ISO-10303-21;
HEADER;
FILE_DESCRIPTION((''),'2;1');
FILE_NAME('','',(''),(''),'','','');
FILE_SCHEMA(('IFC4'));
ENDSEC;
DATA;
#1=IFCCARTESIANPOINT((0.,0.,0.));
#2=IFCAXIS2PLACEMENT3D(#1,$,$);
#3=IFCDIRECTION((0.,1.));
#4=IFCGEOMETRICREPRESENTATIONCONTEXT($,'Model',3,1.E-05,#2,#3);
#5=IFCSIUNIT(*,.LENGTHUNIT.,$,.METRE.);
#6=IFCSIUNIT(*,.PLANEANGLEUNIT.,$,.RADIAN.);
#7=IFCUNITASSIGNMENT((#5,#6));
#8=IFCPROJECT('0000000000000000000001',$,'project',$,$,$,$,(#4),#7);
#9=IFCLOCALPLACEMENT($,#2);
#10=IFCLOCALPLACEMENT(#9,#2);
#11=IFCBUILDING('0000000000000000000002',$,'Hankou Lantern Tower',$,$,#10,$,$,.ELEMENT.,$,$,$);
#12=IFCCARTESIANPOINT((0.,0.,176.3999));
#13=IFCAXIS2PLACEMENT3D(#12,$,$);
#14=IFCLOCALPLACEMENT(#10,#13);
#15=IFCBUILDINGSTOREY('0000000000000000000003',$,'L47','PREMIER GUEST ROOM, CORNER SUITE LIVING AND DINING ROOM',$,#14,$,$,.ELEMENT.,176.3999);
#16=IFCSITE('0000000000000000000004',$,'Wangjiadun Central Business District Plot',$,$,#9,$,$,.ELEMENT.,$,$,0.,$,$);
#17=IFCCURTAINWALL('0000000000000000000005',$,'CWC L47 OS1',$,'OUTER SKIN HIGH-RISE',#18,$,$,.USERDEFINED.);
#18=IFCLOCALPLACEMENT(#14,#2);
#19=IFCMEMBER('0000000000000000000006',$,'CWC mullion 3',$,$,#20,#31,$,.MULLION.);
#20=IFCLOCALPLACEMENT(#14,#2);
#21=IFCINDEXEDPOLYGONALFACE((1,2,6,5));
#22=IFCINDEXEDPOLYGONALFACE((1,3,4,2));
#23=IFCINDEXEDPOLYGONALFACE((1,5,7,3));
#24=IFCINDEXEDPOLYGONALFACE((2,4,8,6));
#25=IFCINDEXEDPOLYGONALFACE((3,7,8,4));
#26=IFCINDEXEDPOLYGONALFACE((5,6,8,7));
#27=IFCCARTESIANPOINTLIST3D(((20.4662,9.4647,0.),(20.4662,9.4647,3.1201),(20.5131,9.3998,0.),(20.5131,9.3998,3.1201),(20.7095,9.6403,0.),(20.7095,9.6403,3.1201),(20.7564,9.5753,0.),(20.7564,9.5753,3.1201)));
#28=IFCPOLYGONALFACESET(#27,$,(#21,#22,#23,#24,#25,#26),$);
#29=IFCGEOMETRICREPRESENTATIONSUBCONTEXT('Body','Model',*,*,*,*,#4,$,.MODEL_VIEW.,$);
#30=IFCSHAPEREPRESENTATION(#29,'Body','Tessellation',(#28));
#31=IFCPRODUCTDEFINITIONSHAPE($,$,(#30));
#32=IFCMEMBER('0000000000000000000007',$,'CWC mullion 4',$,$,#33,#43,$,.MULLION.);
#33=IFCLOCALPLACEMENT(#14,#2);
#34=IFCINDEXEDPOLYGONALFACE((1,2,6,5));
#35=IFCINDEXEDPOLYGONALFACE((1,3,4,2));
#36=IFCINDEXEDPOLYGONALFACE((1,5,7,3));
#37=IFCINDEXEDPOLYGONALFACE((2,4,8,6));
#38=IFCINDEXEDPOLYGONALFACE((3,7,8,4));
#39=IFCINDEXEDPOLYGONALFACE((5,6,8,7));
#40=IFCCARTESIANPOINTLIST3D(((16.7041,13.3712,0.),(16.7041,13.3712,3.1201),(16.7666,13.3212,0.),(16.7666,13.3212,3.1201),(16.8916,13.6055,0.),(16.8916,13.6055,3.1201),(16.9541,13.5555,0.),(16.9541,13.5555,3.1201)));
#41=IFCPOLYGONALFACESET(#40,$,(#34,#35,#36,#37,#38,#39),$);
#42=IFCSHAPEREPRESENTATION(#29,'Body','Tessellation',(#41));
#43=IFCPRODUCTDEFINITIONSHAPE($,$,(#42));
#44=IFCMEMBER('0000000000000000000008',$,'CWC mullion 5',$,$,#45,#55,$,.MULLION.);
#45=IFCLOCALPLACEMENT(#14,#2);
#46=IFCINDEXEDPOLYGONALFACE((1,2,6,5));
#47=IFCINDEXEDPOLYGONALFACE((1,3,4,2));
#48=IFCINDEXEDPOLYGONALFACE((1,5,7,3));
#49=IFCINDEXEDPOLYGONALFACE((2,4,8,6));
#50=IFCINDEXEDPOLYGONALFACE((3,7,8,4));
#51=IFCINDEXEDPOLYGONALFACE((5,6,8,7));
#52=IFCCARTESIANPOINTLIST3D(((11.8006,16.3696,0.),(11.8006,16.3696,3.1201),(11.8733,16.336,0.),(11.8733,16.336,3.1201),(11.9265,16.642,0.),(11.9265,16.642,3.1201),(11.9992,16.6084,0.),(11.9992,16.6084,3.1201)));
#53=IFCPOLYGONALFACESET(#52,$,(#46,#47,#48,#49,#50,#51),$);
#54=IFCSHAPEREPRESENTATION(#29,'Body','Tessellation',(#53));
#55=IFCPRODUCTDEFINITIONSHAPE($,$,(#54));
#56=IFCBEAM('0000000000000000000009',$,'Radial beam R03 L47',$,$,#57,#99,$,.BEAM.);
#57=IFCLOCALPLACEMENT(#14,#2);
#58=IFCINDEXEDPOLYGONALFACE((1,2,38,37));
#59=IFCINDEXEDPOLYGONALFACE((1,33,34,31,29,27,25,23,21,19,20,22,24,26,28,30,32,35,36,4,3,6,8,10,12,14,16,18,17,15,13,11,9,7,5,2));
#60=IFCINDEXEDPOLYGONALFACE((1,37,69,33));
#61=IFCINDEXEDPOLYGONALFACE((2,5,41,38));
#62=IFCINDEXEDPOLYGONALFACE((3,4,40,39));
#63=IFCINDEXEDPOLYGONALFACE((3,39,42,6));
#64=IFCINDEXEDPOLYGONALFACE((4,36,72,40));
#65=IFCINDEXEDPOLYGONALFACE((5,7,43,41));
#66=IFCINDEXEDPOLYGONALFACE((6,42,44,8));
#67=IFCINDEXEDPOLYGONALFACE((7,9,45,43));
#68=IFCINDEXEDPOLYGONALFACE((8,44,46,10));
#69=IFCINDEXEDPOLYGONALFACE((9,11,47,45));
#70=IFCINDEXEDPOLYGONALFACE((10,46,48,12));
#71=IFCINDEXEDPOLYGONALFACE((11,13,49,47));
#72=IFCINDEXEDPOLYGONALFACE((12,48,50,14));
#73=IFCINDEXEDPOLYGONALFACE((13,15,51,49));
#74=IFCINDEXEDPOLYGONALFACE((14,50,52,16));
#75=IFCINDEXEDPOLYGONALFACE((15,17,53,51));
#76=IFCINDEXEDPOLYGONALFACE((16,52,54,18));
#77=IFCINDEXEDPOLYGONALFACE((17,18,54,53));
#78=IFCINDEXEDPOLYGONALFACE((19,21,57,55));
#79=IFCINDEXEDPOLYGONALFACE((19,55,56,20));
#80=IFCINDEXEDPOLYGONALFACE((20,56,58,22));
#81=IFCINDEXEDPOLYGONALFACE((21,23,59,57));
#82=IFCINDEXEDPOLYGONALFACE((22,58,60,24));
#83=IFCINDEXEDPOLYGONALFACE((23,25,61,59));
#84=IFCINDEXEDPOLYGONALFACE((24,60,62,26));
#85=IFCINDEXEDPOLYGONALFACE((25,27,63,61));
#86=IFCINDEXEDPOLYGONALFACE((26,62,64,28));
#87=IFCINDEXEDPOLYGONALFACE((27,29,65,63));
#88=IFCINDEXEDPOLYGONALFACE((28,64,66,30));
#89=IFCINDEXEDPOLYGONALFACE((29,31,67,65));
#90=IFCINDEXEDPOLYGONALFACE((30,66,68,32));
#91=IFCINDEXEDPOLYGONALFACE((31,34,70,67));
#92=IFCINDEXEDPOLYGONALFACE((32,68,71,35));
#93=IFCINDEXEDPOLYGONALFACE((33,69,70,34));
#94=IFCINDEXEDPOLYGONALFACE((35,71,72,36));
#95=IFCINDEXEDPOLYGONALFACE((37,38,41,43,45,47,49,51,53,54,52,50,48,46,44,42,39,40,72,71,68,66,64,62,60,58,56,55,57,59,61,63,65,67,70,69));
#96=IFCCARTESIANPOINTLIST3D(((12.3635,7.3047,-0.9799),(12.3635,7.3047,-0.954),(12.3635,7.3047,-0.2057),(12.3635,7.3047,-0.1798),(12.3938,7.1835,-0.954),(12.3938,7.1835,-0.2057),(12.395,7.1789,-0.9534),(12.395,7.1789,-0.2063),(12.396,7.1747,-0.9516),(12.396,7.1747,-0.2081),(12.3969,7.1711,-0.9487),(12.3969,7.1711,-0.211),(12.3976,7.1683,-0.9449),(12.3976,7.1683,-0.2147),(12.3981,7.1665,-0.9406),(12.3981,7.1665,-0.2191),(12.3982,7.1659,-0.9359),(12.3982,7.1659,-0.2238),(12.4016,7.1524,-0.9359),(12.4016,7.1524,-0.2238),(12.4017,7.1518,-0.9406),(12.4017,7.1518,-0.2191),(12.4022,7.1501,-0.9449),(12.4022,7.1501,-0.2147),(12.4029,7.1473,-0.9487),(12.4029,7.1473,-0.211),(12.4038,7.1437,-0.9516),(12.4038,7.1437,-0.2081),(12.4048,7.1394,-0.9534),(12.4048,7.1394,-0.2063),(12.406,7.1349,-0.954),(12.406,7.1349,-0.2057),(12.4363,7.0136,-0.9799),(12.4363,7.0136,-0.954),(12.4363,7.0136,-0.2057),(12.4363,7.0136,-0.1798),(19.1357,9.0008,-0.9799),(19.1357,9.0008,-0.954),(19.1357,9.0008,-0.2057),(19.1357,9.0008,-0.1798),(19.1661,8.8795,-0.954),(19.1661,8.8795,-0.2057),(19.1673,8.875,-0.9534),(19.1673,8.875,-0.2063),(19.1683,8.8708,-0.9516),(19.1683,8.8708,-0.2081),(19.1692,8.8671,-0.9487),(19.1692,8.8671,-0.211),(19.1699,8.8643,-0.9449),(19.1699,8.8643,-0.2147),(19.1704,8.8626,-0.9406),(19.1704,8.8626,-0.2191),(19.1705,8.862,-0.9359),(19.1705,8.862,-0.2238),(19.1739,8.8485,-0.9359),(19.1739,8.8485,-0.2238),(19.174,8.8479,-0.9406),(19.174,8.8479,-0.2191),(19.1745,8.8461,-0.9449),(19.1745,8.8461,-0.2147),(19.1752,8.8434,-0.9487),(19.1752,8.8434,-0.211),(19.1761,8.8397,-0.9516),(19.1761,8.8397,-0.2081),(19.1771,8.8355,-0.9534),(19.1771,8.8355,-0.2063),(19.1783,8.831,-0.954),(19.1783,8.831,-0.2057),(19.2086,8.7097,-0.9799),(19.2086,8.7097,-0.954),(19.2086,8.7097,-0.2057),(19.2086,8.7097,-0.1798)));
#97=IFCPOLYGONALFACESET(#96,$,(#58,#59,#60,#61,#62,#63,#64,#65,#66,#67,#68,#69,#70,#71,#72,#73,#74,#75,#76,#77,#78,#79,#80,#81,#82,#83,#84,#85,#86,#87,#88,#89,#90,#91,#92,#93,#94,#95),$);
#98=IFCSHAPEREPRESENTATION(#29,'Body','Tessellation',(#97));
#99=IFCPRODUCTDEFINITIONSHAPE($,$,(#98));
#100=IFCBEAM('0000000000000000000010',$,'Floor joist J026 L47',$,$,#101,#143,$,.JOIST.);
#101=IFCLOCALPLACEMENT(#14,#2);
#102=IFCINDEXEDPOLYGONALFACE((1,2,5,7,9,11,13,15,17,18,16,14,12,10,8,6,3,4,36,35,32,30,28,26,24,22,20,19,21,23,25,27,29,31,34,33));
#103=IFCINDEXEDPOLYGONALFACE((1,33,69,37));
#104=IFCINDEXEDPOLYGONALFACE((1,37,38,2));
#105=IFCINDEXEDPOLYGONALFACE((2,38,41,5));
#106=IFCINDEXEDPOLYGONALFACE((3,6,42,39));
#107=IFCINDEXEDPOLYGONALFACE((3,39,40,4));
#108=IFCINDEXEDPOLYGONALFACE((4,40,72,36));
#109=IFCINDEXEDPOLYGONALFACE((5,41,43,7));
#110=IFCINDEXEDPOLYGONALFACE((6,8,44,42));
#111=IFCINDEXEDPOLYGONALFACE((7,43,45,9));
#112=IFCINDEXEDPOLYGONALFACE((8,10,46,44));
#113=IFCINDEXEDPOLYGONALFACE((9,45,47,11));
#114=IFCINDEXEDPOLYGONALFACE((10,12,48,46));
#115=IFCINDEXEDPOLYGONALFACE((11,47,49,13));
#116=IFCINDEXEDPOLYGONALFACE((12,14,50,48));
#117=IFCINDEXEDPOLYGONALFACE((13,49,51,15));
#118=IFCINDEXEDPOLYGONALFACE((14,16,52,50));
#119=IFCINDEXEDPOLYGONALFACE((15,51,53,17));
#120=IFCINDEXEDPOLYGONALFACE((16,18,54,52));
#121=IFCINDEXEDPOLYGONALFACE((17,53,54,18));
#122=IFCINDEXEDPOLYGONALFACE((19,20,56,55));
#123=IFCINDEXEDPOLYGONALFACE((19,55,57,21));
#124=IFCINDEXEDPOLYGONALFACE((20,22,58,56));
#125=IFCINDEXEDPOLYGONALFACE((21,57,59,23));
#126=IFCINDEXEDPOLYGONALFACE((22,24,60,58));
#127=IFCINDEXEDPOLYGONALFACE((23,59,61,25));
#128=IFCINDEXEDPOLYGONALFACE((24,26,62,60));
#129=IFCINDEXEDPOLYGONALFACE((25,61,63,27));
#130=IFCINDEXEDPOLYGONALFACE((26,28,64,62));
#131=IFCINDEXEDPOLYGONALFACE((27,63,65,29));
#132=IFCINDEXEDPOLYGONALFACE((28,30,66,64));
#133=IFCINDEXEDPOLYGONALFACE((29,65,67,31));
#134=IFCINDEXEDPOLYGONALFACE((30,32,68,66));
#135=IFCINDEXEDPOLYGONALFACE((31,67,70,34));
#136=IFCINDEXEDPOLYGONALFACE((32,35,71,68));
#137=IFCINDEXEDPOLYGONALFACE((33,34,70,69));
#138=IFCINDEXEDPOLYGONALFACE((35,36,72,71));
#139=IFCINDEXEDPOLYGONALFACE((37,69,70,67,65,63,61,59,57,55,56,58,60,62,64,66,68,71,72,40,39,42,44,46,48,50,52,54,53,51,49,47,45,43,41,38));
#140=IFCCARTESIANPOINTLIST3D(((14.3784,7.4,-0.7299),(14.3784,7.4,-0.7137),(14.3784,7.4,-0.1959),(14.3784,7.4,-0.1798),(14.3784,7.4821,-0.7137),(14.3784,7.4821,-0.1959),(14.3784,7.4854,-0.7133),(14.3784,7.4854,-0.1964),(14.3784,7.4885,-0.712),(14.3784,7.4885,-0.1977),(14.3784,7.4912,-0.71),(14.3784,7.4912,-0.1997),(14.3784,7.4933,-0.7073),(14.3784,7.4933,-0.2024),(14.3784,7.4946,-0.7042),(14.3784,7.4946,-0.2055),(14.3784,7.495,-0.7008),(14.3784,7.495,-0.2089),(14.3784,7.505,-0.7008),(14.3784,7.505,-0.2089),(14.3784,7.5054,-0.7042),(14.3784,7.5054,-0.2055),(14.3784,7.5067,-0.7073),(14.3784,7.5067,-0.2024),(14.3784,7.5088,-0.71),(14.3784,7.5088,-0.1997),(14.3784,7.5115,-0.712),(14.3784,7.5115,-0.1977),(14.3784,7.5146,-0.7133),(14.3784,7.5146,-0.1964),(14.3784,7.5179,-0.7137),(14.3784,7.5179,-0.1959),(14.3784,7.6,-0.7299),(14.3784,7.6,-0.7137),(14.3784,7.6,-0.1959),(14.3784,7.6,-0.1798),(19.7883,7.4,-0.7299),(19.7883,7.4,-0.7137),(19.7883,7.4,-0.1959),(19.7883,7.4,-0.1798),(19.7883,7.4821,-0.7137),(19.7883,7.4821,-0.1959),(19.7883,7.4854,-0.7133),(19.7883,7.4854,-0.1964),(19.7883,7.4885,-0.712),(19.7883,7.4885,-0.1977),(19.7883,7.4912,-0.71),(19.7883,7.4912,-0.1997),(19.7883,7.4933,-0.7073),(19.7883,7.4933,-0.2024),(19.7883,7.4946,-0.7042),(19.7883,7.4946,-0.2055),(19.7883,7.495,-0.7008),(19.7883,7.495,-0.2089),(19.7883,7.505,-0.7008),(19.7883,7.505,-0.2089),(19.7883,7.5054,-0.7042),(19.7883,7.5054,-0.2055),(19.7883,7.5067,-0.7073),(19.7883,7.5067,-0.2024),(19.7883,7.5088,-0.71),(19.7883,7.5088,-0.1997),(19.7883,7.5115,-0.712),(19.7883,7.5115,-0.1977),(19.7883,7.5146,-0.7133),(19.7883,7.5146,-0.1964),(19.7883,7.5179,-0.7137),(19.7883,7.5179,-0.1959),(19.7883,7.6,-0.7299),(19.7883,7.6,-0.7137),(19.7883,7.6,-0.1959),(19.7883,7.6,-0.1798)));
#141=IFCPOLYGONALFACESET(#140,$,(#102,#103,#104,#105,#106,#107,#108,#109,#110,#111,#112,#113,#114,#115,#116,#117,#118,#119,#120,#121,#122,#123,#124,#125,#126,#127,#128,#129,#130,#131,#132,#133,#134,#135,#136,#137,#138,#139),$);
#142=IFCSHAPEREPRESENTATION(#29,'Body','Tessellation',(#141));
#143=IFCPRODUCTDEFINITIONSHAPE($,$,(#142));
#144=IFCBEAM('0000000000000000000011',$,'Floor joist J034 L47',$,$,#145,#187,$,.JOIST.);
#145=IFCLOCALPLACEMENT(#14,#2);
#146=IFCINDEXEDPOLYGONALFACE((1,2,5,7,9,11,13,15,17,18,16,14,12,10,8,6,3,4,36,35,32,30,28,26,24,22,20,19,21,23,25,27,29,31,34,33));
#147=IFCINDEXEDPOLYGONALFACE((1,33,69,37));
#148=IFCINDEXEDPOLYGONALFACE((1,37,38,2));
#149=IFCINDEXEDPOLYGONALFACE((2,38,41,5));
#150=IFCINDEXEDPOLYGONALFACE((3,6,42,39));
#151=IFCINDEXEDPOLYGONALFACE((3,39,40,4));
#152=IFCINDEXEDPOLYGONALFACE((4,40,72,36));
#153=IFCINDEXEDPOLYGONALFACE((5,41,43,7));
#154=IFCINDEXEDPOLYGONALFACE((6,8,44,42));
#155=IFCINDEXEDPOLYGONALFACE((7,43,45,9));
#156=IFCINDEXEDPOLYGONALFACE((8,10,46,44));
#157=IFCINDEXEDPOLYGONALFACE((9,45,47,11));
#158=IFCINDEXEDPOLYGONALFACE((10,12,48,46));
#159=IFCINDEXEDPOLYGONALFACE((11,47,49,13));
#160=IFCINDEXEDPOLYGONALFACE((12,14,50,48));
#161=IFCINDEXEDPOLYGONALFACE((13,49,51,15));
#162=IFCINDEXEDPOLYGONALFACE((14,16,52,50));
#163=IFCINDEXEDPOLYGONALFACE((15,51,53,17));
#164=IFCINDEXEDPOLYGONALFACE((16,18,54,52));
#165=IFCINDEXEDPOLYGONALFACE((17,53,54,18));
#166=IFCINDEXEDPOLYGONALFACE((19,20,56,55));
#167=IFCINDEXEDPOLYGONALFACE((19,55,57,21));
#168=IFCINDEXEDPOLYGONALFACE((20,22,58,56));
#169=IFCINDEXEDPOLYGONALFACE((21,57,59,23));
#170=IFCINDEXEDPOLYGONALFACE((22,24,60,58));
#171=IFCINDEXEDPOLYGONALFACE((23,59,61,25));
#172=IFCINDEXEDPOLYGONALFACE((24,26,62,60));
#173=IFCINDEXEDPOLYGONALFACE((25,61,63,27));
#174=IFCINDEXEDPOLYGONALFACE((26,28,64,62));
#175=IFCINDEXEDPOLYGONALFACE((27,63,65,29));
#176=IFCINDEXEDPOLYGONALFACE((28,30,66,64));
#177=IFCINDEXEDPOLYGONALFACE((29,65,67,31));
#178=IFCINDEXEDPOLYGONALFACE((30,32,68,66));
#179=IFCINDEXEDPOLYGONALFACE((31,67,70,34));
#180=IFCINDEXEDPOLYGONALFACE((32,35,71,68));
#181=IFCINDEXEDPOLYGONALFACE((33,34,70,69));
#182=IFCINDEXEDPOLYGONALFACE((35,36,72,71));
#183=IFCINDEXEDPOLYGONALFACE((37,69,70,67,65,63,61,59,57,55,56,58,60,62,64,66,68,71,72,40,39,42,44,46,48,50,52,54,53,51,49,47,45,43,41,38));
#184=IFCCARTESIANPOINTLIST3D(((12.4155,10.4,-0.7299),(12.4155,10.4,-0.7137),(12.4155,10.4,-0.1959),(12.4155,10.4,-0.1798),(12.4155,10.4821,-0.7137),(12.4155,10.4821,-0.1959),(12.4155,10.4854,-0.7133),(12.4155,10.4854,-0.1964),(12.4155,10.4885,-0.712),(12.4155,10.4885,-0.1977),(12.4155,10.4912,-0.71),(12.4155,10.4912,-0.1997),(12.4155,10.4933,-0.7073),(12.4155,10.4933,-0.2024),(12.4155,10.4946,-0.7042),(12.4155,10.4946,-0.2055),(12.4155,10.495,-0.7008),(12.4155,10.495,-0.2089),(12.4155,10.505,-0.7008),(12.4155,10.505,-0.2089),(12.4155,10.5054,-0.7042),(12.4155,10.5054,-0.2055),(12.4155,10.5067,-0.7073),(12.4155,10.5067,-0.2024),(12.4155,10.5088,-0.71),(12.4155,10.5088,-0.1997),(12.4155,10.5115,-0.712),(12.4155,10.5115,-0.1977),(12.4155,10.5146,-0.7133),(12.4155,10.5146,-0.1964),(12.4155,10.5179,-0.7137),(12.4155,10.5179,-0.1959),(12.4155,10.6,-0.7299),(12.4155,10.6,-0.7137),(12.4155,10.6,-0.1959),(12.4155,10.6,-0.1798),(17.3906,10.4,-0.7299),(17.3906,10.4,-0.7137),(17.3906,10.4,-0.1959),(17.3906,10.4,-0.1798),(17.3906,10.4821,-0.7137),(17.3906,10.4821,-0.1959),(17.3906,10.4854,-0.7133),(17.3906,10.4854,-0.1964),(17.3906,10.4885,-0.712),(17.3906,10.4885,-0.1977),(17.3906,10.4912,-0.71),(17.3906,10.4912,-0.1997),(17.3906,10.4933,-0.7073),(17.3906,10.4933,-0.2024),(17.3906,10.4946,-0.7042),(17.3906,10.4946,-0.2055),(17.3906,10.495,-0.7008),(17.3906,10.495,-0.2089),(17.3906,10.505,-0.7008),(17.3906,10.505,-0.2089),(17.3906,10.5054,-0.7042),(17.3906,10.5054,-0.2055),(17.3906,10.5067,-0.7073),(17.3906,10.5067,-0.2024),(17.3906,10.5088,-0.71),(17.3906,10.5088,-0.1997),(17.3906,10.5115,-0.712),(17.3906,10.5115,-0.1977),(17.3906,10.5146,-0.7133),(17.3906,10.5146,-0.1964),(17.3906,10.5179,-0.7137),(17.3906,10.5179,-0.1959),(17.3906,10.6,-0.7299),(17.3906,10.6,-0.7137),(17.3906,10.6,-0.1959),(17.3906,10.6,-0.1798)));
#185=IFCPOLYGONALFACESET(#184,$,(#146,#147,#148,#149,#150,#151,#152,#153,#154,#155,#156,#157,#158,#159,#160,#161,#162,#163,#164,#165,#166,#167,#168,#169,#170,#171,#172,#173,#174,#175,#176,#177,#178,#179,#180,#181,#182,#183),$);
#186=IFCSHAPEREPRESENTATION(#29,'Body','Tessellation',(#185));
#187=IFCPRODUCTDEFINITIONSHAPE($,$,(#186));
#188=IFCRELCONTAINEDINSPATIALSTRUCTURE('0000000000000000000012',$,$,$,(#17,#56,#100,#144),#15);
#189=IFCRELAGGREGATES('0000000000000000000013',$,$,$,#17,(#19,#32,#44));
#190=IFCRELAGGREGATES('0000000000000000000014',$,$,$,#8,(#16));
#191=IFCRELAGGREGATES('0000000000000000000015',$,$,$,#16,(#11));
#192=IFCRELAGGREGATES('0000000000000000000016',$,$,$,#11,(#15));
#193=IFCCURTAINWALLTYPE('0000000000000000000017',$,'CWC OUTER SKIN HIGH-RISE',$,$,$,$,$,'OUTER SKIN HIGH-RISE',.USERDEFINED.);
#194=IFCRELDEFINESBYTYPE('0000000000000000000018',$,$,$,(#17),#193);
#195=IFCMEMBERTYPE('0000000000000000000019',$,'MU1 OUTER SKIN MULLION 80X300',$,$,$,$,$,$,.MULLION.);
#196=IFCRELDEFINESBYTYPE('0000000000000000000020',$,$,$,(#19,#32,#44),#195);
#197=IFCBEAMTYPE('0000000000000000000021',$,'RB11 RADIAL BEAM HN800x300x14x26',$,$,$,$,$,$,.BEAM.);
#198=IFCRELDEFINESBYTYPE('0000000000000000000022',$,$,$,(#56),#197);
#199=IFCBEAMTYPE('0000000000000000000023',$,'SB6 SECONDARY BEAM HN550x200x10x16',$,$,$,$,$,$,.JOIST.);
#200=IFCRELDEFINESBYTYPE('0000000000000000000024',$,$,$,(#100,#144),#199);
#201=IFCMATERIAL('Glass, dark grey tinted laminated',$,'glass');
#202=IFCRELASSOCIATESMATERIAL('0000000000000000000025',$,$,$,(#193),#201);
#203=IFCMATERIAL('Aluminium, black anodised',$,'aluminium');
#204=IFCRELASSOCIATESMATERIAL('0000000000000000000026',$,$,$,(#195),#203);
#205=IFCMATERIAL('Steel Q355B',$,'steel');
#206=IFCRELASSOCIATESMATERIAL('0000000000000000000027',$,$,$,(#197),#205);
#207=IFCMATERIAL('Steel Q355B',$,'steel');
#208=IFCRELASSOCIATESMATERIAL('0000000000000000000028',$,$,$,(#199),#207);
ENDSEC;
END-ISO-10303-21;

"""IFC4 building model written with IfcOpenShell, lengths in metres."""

from ifc_helpers import new_model, si_unit, direction, frame, origin, origin_2d, place, context, subcontext, project, spatial, rectangle, i_section, extrude, material, material_profile, profile_set, type_object, element, aggregate, save


model = new_model("IFC4")

# Units and contexts
model_context = context("Model", 3, precision=1e-05, world=origin(), true_north=direction((0.0, 1.0)))
body_context = subcontext(model_context, "Body", "Model", "MODEL_VIEW")
ifc_project = project(units=[si_unit("LENGTHUNIT", "METRE"), si_unit("PLANEANGLEUNIT", "RADIAN")], contexts=[model_context])

# Site, building, storey
site_placement = place(None, origin())
site = spatial("IfcSite", under=ifc_project, at=site_placement, Name="Wangjiadun Central Business District Plot", CompositionType="ELEMENT", RefElevation=0.0)
building_placement = place(site_placement, origin())
building = spatial("IfcBuilding", under=site, at=building_placement, Name="Hankou Lantern Tower", CompositionType="ELEMENT")
storey_placement = place(building_placement, frame((0.0, 0.0, 176.3999)))
storey = spatial("IfcBuildingStorey", under=building, at=storey_placement, Name="L47", Description="PREMIER GUEST ROOM, CORNER SUITE LIVING AND DINING ROOM", CompositionType="ELEMENT", Elevation=176.3999)

# Curtain wall, members
ifc_material_1 = material(Name="Glass, dark grey tinted laminated", Category="glass")
curtain_wall_type = type_object("IfcCurtainWallType", Name="CWC OUTER SKIN HIGH-RISE", ElementType="OUTER SKIN HIGH-RISE", PredefinedType="USERDEFINED", material=ifc_material_1)
curtain_wall_placement = place(storey_placement, origin())
curtain_wall = element("IfcCurtainWall", 1, at=curtain_wall_placement, inside=storey, type_object=curtain_wall_type, Name="CWC L47 OS1", ObjectType="OUTER SKIN HIGH-RISE", PredefinedType="USERDEFINED")
ifc_material_2 = material(Name="Aluminium, black anodised", Category="aluminium")
ifc_material_profile_1 = material_profile(ifc_material_2, rectangle(XDim=0.0801, YDim=0.3, at=origin_2d()), Name="MU1 80X300")
ifc_profile_set_1 = profile_set([ifc_material_profile_1], Name="Aluminium, black anodised")
member_type_1 = type_object("IfcMemberType", Name="MU1 OUTER SKIN MULLION 80X300", PredefinedType="MULLION", material=ifc_profile_set_1)
member_1_placement = place(storey_placement, frame((20.6113, 9.52, 0.0), z_axis=(0.0, 0.0, 1.0), x_axis=(-0.585206, 0.810885, 0.0)))
member_1 = element("IfcMember", 2, at=member_1_placement, type_object=member_type_1, Name="CWC mullion 3", PredefinedType="MULLION", context=body_context, shape_type="SweptSolid", body=[
    extrude(rectangle(XDim=0.0801, YDim=0.3, at=origin_2d()), origin(), (0.0, 0.0, 1.0), 3.1201),
])
member_2_placement = place(storey_placement, frame((16.8291, 13.4634, 0.0), z_axis=(0.0, 0.0, 1.0), x_axis=(-0.780869, 0.624695, 0.0)))
member_2 = element("IfcMember", 3, at=member_2_placement, type_object=member_type_1, Name="CWC mullion 4", PredefinedType="MULLION", context=body_context, shape_type="SweptSolid", body=[
    extrude(rectangle(XDim=0.0801, YDim=0.3, at=origin_2d()), origin(), (0.0, 0.0, 1.0), 3.1201),
])
member_3_placement = place(storey_placement, frame((11.8999, 16.489, 0.0), z_axis=(0.0, 0.0, 1.0), x_axis=(-0.907841, 0.419314, 0.0)))
member_3 = element("IfcMember", 4, at=member_3_placement, type_object=member_type_1, Name="CWC mullion 5", PredefinedType="MULLION", context=body_context, shape_type="SweptSolid", body=[
    extrude(rectangle(XDim=0.0801, YDim=0.3, at=origin_2d()), origin(), (0.0, 0.0, 1.0), 3.1201),
])

# Beams
ifc_material_3 = material(Name="Steel Q355B", Category="steel")
ifc_material_profile_2 = material_profile(ifc_material_3, i_section(OverallWidth=0.3, OverallDepth=0.8, WebThickness=0.0139, FlangeThickness=0.0259, FilletRadius=0.0181, at=origin_2d()), Name="HN800x300x14x26")
ifc_profile_set_2 = profile_set([ifc_material_profile_2], Name="Steel Q355B")
beam_type_1 = type_object("IfcBeamType", Name="RB11 RADIAL BEAM HN800x300x14x26", PredefinedType="BEAM", material=ifc_profile_set_2)
beam_1_placement = place(storey_placement, frame((12.3999, 7.1592, -0.5798), z_axis=(0.970042, 0.242939, 0.0), x_axis=(-0.242939, 0.970042, 0.0)))
element("IfcBeam", 5, at=beam_1_placement, inside=storey, type_object=beam_type_1, Name="Radial beam R03 L47", PredefinedType="BEAM", context=body_context, shape_type="SweptSolid", body=[
    extrude(i_section(OverallWidth=0.3, OverallDepth=0.8, WebThickness=0.0139, FlangeThickness=0.0259, FilletRadius=0.0181, at=origin_2d()), origin(), (0.0, 0.0, 1.0), 6.9814),
])
ifc_material_4 = material(Name="Steel Q355B", Category="steel")
ifc_material_profile_3 = material_profile(ifc_material_4, i_section(OverallWidth=0.2, OverallDepth=0.55, WebThickness=0.01, FlangeThickness=0.0161, FilletRadius=0.0129, at=origin_2d()), Name="HN550x200x10x16")
ifc_profile_set_3 = profile_set([ifc_material_profile_3], Name="Steel Q355B")
beam_type_2 = type_object("IfcBeamType", Name="SB6 SECONDARY BEAM HN550x200x10x16", PredefinedType="JOIST", material=ifc_profile_set_3)
beam_2_placement = place(storey_placement, frame((14.3784, 7.5, -0.4548), z_axis=(1.0, 0.0, 0.0), x_axis=(0.0, 1.0, 0.0)))
element("IfcBeam", 6, at=beam_2_placement, inside=storey, type_object=beam_type_2, Name="Floor joist J026 L47", PredefinedType="JOIST", context=body_context, shape_type="SweptSolid", body=[
    extrude(i_section(OverallWidth=0.2, OverallDepth=0.55, WebThickness=0.01, FlangeThickness=0.0161, FilletRadius=0.0129, at=origin_2d()), origin(), (0.0, 0.0, 1.0), 5.4099),
])
beam_3_placement = place(storey_placement, frame((12.4155, 10.5, -0.4548), z_axis=(1.0, 0.0, 0.0), x_axis=(0.0, 1.0, 0.0)))
element("IfcBeam", 7, at=beam_3_placement, inside=storey, type_object=beam_type_2, Name="Floor joist J034 L47", PredefinedType="JOIST", context=body_context, shape_type="SweptSolid", body=[
    extrude(i_section(OverallWidth=0.2, OverallDepth=0.55, WebThickness=0.01, FlangeThickness=0.0161, FilletRadius=0.0129, at=origin_2d()), origin(), (0.0, 0.0, 1.0), 4.9751),
])

aggregate(curtain_wall, [member_1, member_2, member_3])

save(model, "model.ifc")
